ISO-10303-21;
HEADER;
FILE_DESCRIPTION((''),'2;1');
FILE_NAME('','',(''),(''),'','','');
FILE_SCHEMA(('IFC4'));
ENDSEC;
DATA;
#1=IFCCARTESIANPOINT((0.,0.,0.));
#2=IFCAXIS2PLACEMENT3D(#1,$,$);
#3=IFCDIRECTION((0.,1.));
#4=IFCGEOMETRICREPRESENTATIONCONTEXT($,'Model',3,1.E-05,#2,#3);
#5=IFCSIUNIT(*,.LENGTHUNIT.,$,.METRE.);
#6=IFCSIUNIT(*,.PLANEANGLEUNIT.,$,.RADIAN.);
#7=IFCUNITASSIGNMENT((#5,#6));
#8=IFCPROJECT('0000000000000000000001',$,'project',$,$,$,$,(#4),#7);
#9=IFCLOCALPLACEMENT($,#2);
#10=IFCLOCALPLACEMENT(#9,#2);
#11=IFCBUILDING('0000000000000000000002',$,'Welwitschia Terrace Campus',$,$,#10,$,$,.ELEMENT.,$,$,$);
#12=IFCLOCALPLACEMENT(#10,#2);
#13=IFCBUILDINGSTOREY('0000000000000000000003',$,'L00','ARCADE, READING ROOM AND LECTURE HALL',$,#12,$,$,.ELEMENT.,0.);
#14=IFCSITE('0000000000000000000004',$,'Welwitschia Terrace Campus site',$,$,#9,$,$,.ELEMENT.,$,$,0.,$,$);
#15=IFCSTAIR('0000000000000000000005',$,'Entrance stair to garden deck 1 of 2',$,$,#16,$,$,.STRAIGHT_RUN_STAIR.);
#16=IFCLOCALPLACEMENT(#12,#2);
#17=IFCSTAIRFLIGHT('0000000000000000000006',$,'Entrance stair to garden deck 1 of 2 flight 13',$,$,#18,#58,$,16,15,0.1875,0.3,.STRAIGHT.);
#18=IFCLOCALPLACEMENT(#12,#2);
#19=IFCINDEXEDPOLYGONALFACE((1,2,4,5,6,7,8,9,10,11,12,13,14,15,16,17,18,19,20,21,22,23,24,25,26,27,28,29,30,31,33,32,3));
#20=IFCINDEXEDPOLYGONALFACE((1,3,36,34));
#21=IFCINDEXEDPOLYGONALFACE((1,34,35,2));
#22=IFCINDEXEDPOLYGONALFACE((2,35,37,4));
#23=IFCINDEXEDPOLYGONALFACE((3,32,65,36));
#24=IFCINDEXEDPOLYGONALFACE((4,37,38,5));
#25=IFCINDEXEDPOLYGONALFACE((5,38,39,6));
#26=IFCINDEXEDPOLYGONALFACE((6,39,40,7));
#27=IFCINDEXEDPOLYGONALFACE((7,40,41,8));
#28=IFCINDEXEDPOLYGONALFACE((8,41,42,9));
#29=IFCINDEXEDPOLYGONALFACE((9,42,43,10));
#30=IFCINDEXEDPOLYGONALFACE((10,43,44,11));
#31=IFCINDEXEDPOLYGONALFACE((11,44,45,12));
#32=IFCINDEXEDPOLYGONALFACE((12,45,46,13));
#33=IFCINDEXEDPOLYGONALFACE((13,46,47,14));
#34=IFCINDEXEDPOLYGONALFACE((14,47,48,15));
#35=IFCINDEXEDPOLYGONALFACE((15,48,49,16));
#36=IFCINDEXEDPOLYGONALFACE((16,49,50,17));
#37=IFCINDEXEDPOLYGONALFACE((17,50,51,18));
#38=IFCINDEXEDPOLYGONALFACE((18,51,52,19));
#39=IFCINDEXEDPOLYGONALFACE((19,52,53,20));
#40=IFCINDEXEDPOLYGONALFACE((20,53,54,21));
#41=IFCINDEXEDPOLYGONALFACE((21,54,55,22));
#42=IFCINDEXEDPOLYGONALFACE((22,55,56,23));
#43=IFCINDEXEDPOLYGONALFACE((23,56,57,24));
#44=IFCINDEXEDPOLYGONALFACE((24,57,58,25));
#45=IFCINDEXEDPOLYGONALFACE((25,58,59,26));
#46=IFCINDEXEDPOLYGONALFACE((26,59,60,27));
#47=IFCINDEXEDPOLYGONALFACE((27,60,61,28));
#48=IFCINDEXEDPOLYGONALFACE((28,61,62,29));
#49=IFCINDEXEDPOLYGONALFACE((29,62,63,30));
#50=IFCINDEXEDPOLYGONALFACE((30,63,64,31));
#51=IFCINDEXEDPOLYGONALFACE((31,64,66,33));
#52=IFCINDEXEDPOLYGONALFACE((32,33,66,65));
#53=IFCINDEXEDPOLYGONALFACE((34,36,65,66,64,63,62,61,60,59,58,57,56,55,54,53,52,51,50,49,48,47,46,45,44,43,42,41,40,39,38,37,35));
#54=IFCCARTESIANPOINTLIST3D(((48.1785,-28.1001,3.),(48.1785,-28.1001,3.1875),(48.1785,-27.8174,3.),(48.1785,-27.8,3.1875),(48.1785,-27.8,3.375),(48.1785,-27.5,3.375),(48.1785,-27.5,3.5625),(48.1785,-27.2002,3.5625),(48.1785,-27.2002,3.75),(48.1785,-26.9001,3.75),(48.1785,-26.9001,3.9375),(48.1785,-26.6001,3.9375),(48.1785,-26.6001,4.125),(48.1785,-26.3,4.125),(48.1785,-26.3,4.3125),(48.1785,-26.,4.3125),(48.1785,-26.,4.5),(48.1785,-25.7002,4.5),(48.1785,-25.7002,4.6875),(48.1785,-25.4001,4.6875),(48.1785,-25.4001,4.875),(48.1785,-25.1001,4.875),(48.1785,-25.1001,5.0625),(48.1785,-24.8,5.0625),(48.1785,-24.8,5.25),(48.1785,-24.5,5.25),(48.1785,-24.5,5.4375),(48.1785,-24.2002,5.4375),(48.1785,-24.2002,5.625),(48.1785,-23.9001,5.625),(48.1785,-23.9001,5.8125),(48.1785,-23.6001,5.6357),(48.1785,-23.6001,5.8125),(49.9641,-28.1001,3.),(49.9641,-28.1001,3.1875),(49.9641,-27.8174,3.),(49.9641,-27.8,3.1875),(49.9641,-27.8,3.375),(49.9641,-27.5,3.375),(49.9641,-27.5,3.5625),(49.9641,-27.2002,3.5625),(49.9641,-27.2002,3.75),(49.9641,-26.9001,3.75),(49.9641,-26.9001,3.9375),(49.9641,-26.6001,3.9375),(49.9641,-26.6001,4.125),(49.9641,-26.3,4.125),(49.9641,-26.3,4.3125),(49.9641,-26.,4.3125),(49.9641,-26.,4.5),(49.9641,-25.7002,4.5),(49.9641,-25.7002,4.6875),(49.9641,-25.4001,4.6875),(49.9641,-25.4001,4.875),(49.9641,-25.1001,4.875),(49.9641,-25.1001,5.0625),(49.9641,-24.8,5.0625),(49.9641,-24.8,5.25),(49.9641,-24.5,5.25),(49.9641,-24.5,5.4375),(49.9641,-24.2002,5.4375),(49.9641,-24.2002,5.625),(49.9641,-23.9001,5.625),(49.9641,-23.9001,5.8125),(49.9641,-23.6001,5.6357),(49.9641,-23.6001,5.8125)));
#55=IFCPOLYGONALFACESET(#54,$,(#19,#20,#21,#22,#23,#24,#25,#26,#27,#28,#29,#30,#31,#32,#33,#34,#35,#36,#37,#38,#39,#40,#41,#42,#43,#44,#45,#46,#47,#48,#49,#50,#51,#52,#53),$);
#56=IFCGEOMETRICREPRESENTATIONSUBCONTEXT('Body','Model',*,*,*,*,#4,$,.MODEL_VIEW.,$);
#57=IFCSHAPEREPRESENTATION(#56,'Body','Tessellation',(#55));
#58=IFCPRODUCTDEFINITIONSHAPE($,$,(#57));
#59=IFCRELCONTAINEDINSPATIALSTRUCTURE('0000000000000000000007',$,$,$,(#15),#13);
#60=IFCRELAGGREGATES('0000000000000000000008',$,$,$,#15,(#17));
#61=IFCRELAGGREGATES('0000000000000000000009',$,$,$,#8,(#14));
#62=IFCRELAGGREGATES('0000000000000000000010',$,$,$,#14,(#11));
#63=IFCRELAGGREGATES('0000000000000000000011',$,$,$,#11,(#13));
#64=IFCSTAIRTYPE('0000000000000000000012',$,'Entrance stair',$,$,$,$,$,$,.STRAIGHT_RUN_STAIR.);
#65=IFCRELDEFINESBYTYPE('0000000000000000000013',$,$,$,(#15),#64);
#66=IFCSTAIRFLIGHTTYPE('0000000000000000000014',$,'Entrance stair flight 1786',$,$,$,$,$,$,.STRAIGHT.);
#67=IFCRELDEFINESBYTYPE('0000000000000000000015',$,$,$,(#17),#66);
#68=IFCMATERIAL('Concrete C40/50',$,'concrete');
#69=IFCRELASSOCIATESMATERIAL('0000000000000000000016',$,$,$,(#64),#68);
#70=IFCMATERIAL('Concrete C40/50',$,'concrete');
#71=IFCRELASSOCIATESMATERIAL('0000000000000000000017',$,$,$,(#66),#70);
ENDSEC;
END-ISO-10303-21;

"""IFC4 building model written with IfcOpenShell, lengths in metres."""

from ifc_helpers import new_model, si_unit, direction, frame, origin, place, context, subcontext, project, spatial, polyline, outline, extrude, material, type_object, element, aggregate, save


model = new_model("IFC4")

# Units and contexts
model_context = context("Model", 3, precision=1e-05, world=origin(), true_north=direction((0.0, 1.0)))
body_context = subcontext(model_context, "Body", "Model", "MODEL_VIEW")
ifc_project = project(units=[si_unit("LENGTHUNIT", "METRE"), si_unit("PLANEANGLEUNIT", "RADIAN")], contexts=[model_context])

# Site, building, storey
site_placement = place(None, origin())
site = spatial("IfcSite", under=ifc_project, at=site_placement, Name="Welwitschia Terrace Campus site", CompositionType="ELEMENT", RefElevation=0.0)
building_placement = place(site_placement, origin())
building = spatial("IfcBuilding", under=site, at=building_placement, Name="Welwitschia Terrace Campus", CompositionType="ELEMENT")
storey_placement = place(building_placement, origin())
storey = spatial("IfcBuildingStorey", under=building, at=storey_placement, Name="L00", Description="ARCADE, READING ROOM AND LECTURE HALL", CompositionType="ELEMENT", Elevation=0.0)

# Stair, stair flight
ifc_material_1 = material(Name="Concrete C40/50", Category="concrete")
stair_type = type_object("IfcStairType", Name="Entrance stair", PredefinedType="STRAIGHT_RUN_STAIR", material=ifc_material_1)
stair_placement = place(storey_placement, origin())
stair = element("IfcStair", 1, at=stair_placement, inside=storey, type_object=stair_type, Name="Entrance stair to garden deck 1 of 2", PredefinedType="STRAIGHT_RUN_STAIR")
ifc_material_2 = material(Name="Concrete C40/50", Category="concrete")
stair_flight_type = type_object("IfcStairFlightType", Name="Entrance stair flight 1786", PredefinedType="STRAIGHT", material=ifc_material_2)
stair_flight_1_placement = place(storey_placement, frame((49.0713, -28.1001, 3.0), z_axis=(0.0, 0.0, 1.0), x_axis=(0.0, 1.0, 0.0)))
stair_flight_1 = element("IfcStairFlight", 2, at=stair_flight_1_placement, type_object=stair_flight_type, Name="Entrance stair to garden deck 1 of 2 flight 13", NumberOfRisers=16, NumberOfTreads=15, PredefinedType="STRAIGHT", RiserHeight=0.1875, TreadLength=0.3, context=body_context, shape_type="SweptSolid", body=[
    extrude(outline(polyline([(0.0, 0.0), (0.0, 0.1875), (0.3, 0.1875), (0.3, 0.375), (0.6001, 0.375), (0.6001, 0.5625), (0.8999, 0.5625), (0.8999, 0.75), (1.2, 0.75), (1.2, 0.9375), (1.5, 0.9375), (1.5, 1.125), (1.8, 1.125), (1.8, 1.3125), (2.1001, 1.3125), (2.1001, 1.5), (2.3999, 1.5), (2.3999, 1.6875), (2.7, 1.6875), (2.7, 1.875), (3.0, 1.875), (3.0, 2.0625), (3.3, 2.0625), (3.3, 2.25), (3.6001, 2.25), (3.6001, 2.4375), (3.8999, 2.4375), (3.8999, 2.625), (4.2, 2.625), (4.2, 2.8125), (4.5, 2.8125), (4.5, 3.0), (4.5, 2.6357), (0.2827, 0.0), (0.0, 0.0)])), frame((0.0, 0.8928, 0.0), z_axis=(0.0, -1.0, 0.0), x_axis=(1.0, 0.0, 0.0)), (0.0, 0.0, 1.0), 1.7856),
])
aggregate(stair, [stair_flight_1])

save(model, "model.ifc")
